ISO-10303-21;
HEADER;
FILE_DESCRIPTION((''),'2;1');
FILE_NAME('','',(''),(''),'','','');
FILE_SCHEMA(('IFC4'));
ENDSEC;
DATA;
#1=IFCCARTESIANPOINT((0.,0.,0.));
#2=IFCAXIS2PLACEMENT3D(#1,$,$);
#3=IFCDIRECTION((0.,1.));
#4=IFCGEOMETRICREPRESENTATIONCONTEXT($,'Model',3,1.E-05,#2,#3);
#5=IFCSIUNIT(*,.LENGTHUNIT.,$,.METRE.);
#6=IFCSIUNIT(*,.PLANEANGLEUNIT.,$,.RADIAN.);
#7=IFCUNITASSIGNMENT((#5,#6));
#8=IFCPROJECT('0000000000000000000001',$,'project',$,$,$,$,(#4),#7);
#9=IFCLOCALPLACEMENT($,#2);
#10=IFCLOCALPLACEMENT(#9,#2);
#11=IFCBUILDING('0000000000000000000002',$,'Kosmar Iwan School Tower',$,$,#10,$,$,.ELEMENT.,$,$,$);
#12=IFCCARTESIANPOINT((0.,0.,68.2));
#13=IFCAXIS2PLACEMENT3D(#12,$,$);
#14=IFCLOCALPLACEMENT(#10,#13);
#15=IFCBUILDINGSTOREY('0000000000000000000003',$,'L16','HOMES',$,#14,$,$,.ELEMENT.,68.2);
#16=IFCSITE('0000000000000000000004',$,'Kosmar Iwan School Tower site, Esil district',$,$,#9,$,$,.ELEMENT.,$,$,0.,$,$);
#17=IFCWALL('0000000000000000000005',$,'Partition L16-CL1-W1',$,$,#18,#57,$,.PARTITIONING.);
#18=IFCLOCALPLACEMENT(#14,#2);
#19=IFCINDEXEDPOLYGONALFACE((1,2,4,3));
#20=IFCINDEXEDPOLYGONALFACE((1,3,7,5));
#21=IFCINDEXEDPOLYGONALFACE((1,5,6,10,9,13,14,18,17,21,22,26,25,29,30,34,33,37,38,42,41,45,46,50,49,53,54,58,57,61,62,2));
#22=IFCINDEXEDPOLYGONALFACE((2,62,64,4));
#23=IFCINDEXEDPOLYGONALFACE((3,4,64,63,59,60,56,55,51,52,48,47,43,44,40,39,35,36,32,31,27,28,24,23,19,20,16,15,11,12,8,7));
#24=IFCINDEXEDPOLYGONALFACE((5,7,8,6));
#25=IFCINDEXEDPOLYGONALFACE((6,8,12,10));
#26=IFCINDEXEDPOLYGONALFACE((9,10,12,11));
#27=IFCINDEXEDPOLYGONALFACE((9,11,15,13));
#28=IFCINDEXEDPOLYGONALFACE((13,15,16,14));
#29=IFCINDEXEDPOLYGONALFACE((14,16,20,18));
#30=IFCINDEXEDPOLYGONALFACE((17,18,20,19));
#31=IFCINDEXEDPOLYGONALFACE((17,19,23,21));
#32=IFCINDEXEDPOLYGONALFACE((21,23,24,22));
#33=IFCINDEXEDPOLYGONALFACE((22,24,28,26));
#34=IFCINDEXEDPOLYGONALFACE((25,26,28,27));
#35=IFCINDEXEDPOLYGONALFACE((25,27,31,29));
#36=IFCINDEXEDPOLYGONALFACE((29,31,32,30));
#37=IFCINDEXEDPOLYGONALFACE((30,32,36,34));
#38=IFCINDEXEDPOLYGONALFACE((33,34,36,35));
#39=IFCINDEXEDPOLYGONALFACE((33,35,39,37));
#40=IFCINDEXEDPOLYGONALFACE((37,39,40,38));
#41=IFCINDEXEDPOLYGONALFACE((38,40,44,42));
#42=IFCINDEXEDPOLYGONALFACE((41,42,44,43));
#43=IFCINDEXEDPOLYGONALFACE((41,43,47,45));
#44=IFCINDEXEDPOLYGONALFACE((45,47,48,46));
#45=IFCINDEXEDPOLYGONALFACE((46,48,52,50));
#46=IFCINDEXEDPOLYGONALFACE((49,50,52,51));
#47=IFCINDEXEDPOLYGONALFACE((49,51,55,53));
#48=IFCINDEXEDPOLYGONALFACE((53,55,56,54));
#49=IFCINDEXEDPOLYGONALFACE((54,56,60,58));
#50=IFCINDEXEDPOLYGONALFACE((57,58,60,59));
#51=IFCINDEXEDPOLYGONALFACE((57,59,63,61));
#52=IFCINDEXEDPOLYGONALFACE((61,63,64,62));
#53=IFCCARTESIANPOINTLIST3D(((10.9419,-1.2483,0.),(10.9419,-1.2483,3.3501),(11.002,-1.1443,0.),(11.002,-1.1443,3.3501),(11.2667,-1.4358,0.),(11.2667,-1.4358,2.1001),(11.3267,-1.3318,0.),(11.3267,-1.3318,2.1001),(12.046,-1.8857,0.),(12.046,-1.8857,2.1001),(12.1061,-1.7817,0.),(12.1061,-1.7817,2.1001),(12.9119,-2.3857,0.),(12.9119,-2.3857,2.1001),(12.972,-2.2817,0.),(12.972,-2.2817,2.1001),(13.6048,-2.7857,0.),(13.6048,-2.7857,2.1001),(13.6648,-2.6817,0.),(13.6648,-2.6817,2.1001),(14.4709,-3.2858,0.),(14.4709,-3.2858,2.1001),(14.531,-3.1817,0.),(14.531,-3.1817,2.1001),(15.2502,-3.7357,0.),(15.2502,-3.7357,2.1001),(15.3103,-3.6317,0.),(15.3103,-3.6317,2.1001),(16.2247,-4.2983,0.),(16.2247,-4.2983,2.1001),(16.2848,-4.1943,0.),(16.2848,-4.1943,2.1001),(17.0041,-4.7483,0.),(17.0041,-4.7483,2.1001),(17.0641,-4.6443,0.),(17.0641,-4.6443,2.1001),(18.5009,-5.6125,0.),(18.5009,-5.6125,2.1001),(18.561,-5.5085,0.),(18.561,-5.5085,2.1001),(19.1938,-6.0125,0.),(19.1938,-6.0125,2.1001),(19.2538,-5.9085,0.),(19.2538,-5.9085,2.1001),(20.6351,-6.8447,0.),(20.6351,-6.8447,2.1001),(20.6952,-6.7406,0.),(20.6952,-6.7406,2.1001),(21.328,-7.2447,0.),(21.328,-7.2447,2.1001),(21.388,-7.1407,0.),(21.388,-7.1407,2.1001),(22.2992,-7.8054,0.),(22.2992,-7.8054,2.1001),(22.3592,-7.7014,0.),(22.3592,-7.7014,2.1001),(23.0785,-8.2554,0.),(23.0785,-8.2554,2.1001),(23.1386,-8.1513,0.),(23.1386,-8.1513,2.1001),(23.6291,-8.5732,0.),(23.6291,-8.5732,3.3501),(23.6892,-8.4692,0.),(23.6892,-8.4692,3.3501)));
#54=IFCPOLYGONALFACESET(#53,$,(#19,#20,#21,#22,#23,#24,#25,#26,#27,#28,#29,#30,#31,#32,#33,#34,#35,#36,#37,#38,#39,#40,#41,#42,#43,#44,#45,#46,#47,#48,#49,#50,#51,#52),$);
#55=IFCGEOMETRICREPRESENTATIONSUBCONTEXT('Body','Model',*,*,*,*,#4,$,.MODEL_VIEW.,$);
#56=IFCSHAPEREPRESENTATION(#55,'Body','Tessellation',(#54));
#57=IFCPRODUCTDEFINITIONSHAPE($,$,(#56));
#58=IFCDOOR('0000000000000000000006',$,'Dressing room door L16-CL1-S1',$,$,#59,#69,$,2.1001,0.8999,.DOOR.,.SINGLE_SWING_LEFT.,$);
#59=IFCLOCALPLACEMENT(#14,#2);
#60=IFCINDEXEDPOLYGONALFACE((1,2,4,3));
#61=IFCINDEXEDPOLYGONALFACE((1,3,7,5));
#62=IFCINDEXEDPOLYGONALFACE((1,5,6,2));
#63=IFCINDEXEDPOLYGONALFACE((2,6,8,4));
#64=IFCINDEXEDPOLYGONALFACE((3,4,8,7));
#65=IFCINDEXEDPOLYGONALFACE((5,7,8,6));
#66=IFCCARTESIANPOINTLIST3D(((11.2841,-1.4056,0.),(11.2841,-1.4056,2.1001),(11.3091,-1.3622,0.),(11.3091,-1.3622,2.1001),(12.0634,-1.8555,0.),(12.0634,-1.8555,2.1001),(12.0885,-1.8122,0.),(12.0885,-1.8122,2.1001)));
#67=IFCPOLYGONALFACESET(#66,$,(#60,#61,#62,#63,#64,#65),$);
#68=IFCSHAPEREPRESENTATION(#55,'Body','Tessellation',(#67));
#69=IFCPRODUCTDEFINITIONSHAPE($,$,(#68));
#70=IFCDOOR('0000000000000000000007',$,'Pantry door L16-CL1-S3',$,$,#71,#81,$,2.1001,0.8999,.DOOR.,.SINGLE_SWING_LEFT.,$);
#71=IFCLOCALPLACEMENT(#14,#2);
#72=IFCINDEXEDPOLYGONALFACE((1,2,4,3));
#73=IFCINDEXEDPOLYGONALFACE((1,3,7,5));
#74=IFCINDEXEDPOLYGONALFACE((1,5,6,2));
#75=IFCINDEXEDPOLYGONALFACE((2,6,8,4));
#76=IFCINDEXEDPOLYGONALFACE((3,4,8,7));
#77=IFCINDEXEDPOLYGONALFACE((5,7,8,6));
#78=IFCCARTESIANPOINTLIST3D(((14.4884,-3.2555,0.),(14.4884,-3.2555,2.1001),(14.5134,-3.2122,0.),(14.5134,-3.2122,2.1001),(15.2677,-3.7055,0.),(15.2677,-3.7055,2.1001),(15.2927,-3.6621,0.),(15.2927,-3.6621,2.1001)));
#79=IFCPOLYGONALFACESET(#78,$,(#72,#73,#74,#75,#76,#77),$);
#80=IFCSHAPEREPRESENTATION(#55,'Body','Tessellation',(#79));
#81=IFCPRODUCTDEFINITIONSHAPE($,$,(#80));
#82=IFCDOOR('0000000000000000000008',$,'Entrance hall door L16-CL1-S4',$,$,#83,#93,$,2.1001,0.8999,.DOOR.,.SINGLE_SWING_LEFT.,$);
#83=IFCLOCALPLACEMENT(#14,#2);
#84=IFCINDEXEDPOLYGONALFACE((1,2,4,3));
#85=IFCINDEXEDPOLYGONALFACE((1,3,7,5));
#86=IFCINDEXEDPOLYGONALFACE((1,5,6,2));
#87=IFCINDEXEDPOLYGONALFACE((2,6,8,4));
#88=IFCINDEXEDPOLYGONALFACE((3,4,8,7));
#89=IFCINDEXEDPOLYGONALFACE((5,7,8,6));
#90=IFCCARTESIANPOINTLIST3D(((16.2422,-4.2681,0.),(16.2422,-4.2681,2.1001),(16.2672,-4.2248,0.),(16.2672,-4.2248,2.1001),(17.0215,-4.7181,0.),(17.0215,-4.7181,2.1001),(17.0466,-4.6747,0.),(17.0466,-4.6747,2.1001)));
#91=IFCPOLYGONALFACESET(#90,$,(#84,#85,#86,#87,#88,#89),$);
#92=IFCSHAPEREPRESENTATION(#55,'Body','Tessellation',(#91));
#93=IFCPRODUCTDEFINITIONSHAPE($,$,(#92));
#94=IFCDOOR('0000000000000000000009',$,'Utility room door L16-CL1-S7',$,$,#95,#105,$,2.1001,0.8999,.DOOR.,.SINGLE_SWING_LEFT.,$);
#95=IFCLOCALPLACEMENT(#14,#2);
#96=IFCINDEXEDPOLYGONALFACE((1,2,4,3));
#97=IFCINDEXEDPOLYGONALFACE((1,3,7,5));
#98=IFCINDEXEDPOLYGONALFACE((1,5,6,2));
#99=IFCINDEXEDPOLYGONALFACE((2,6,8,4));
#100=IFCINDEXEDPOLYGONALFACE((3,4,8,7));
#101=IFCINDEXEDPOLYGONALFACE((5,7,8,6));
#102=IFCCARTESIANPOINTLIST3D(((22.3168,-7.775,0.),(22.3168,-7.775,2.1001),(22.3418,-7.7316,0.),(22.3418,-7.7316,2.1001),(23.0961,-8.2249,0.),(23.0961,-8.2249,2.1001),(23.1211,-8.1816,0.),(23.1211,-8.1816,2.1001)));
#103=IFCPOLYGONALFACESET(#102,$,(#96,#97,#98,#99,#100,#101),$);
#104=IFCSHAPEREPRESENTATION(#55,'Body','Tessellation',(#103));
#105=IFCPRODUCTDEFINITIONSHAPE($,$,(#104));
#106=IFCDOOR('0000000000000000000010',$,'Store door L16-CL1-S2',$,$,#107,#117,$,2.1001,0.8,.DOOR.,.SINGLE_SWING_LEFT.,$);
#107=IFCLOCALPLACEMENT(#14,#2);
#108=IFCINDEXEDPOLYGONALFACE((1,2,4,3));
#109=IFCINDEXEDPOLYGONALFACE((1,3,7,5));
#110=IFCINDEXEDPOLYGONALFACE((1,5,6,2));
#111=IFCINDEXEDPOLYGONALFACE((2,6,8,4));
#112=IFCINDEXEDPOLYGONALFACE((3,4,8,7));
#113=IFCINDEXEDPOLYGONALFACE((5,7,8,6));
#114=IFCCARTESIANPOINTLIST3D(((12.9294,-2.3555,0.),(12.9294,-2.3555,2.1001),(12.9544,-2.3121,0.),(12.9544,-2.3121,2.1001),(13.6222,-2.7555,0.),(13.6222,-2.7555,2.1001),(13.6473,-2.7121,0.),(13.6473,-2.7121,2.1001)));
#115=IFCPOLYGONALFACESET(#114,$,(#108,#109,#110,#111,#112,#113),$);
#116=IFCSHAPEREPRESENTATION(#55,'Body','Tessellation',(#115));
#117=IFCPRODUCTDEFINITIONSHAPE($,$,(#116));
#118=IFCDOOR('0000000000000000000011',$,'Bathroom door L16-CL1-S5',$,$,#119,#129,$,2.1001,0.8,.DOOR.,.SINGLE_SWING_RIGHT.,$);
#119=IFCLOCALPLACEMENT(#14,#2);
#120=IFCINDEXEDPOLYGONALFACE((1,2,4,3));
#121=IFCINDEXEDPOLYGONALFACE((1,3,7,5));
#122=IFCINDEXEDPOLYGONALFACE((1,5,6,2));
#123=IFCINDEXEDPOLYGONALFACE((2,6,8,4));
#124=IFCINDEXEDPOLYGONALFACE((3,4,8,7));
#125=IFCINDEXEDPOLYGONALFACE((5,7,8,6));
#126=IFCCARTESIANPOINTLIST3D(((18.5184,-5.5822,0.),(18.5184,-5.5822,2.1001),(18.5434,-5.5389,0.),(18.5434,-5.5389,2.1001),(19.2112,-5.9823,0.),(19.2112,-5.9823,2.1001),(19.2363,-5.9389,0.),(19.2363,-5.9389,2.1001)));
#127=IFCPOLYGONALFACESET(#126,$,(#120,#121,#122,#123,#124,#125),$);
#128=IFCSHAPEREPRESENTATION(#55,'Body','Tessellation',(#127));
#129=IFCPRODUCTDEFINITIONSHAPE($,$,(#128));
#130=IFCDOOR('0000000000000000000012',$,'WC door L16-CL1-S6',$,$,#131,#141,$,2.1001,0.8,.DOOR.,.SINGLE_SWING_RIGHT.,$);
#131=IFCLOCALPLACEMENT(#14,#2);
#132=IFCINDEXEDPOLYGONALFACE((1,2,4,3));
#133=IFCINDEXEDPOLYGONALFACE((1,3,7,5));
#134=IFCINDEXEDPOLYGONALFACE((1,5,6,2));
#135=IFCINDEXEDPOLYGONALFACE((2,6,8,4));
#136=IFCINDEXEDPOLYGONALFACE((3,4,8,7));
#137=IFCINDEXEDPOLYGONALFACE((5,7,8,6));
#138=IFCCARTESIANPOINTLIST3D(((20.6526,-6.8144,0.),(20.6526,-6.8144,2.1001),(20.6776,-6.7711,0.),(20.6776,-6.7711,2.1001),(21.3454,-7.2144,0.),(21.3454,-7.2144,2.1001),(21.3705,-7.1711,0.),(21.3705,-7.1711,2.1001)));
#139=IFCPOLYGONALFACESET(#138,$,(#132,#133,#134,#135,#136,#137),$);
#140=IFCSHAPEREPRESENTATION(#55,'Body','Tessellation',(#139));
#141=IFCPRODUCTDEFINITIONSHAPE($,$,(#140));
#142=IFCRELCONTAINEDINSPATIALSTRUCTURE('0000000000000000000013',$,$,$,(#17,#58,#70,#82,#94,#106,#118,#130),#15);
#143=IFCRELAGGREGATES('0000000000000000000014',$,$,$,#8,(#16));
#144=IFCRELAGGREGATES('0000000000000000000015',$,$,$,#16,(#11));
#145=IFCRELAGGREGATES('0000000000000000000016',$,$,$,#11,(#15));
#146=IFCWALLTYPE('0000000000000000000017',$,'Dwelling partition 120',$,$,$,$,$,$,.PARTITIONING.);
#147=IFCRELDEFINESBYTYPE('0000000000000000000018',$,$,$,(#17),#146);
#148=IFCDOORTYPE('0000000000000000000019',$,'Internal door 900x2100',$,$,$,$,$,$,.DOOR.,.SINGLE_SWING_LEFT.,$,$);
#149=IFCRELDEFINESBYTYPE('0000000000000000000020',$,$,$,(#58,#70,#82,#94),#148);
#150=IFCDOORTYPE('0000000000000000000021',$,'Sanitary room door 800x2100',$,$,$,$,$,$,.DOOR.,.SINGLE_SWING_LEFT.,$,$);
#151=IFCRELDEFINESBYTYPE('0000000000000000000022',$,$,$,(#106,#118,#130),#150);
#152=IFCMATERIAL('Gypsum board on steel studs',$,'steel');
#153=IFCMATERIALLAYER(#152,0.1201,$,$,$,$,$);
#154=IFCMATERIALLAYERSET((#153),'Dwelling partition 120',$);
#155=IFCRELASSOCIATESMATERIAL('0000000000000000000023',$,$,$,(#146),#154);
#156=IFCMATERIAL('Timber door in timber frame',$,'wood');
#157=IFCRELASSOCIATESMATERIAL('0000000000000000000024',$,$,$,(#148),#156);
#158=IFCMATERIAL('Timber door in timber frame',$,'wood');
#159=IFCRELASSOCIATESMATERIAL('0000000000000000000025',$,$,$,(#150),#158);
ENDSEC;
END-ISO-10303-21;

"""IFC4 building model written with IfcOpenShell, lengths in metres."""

from ifc_helpers import new_model, si_unit, direction, frame, frame_2d, origin, place, context, subcontext, project, spatial, rectangle, extrude, material, layer, layer_set, type_object, element, fill, save


model = new_model("IFC4")

# Units and contexts
model_context = context("Model", 3, precision=1e-05, world=origin(), true_north=direction((0.0, 1.0)))
body_context = subcontext(model_context, "Body", "Model", "MODEL_VIEW")
ifc_project = project(units=[si_unit("LENGTHUNIT", "METRE"), si_unit("PLANEANGLEUNIT", "RADIAN")], contexts=[model_context])

# Site, building, storey
site_placement = place(None, origin())
site = spatial("IfcSite", under=ifc_project, at=site_placement, Name="Kosmar Iwan School Tower site, Esil district", CompositionType="ELEMENT", RefElevation=0.0)
building_placement = place(site_placement, origin())
building = spatial("IfcBuilding", under=site, at=building_placement, Name="Kosmar Iwan School Tower", CompositionType="ELEMENT")
storey_placement = place(building_placement, frame((0.0, 0.0, 68.2)))
storey = spatial("IfcBuildingStorey", under=building, at=storey_placement, Name="L16", Description="HOMES", CompositionType="ELEMENT", Elevation=68.2)

# Wall, openings, doors
ifc_material_1 = material(Name="Gypsum board on steel studs", Category="steel")
ifc_layer = layer(ifc_material_1, 0.1201)
ifc_layer_set = layer_set([ifc_layer], Name="Dwelling partition 120")
wall_type = type_object("IfcWallType", Name="Dwelling partition 120", PredefinedType="PARTITIONING", material=ifc_layer_set)
wall_1_placement = place(storey_placement, frame((10.9719, -1.1963, 0.0), z_axis=(0.0, 0.0, 1.0), x_axis=(0.866027, -0.499998, 0.0)))
wall_1 = element("IfcWall", 1, at=wall_1_placement, inside=storey, type_object=wall_type, Name="Partition L16-CL1-W1", PredefinedType="PARTITIONING", context=body_context, shape_type="SweptSolid", body=[
    extrude(rectangle(XDim=14.6499, YDim=0.1201, at=frame_2d((7.325, 0.0))), origin(), (0.0, 0.0, 1.0), 3.3501),
])
opening_1_placement = place(wall_1_placement, frame((0.375, 0.0, 0.0)))
opening_1 = element("IfcOpeningElement", 2, at=opening_1_placement, cuts=wall_1, PredefinedType="OPENING", context=body_context, shape_type="SweptSolid", body=[
    extrude(rectangle(XDim=0.8999, YDim=2.1001, at=frame_2d((0.45, 1.05))), frame((0.0, 0.072, 0.0), z_axis=(0.0, -1.0, 0.0), x_axis=(1.0, 0.0, 0.0)), (0.0, 0.0, 1.0), 0.144),
])
opening_2_placement = place(wall_1_placement, frame((2.2749, 0.0, 0.0)))
opening_2 = element("IfcOpeningElement", 3, at=opening_2_placement, cuts=wall_1, PredefinedType="OPENING", context=body_context, shape_type="SweptSolid", body=[
    extrude(rectangle(XDim=0.8, YDim=2.1001, at=frame_2d((0.3999, 1.05))), frame((0.0, 0.072, 0.0), z_axis=(0.0, -1.0, 0.0), x_axis=(1.0, 0.0, 0.0)), (0.0, 0.0, 1.0), 0.144),
])
opening_3_placement = place(wall_1_placement, frame((4.075, 0.0, 0.0)))
opening_3 = element("IfcOpeningElement", 4, at=opening_3_placement, cuts=wall_1, PredefinedType="OPENING", context=body_context, shape_type="SweptSolid", body=[
    extrude(rectangle(XDim=0.8999, YDim=2.1001, at=frame_2d((0.45, 1.05))), frame((0.0, 0.072, 0.0), z_axis=(0.0, -1.0, 0.0), x_axis=(1.0, 0.0, 0.0)), (0.0, 0.0, 1.0), 0.144),
])
opening_4_placement = place(wall_1_placement, frame((6.1001, 0.0, 0.0)))
opening_4 = element("IfcOpeningElement", 5, at=opening_4_placement, cuts=wall_1, PredefinedType="OPENING", context=body_context, shape_type="SweptSolid", body=[
    extrude(rectangle(XDim=0.8999, YDim=2.1001, at=frame_2d((0.45, 1.05))), frame((0.0, 0.072, 0.0), z_axis=(0.0, -1.0, 0.0), x_axis=(1.0, 0.0, 0.0)), (0.0, 0.0, 1.0), 0.144),
])
opening_5_placement = place(wall_1_placement, frame((8.7285, 0.0, 0.0)))
opening_5 = element("IfcOpeningElement", 6, at=opening_5_placement, cuts=wall_1, PredefinedType="OPENING", context=body_context, shape_type="SweptSolid", body=[
    extrude(rectangle(XDim=0.8, YDim=2.1001, at=frame_2d((0.3999, 1.05))), frame((0.0, 0.072, 0.0), z_axis=(0.0, -1.0, 0.0), x_axis=(1.0, 0.0, 0.0)), (0.0, 0.0, 1.0), 0.144),
])
opening_6_placement = place(wall_1_placement, frame((11.1929, 0.0, 0.0)))
opening_6 = element("IfcOpeningElement", 7, at=opening_6_placement, cuts=wall_1, PredefinedType="OPENING", context=body_context, shape_type="SweptSolid", body=[
    extrude(rectangle(XDim=0.8, YDim=2.1001, at=frame_2d((0.3999, 1.05))), frame((0.0, 0.072, 0.0), z_axis=(0.0, -1.0, 0.0), x_axis=(1.0, 0.0, 0.0)), (0.0, 0.0, 1.0), 0.144),
])
opening_7_placement = place(wall_1_placement, frame((13.1143, 0.0, 0.0)))
opening_7 = element("IfcOpeningElement", 8, at=opening_7_placement, cuts=wall_1, PredefinedType="OPENING", context=body_context, shape_type="SweptSolid", body=[
    extrude(rectangle(XDim=0.8999, YDim=2.1001, at=frame_2d((0.45, 1.05))), frame((0.0, 0.072, 0.0), z_axis=(0.0, -1.0, 0.0), x_axis=(1.0, 0.0, 0.0)), (0.0, 0.0, 1.0), 0.144),
])
ifc_material_2 = material(Name="Timber door in timber frame", Category="wood")
door_type_1 = type_object("IfcDoorType", Name="Internal door 900x2100", OperationType="SINGLE_SWING_LEFT", PredefinedType="DOOR", material=ifc_material_2)
door_1_placement = place(opening_1_placement, origin())
door_1 = element("IfcDoor", 9, at=door_1_placement, inside=storey, type_object=door_type_1, Name="Dressing room door L16-CL1-S1", OperationType="SINGLE_SWING_LEFT", OverallHeight=2.1001, OverallWidth=0.8999, PredefinedType="DOOR", context=body_context, shape_type="SweptSolid", body=[
    extrude(rectangle(XDim=0.8999, YDim=2.1001, at=frame_2d((0.45, 1.05))), frame((0.0, 0.0249, 0.0), z_axis=(0.0, -1.0, 0.0), x_axis=(1.0, 0.0, 0.0)), (0.0, 0.0, 1.0), 0.05),
])
fill(opening_1, door_1)
door_2_placement = place(opening_3_placement, origin())
door_2 = element("IfcDoor", 10, at=door_2_placement, inside=storey, type_object=door_type_1, Name="Pantry door L16-CL1-S3", OperationType="SINGLE_SWING_LEFT", OverallHeight=2.1001, OverallWidth=0.8999, PredefinedType="DOOR", context=body_context, shape_type="SweptSolid", body=[
    extrude(rectangle(XDim=0.8999, YDim=2.1001, at=frame_2d((0.45, 1.05))), frame((0.0, 0.0249, 0.0), z_axis=(0.0, -1.0, 0.0), x_axis=(1.0, 0.0, 0.0)), (0.0, 0.0, 1.0), 0.05),
])
fill(opening_3, door_2)
door_3_placement = place(opening_4_placement, origin())
door_3 = element("IfcDoor", 11, at=door_3_placement, inside=storey, type_object=door_type_1, Name="Entrance hall door L16-CL1-S4", OperationType="SINGLE_SWING_LEFT", OverallHeight=2.1001, OverallWidth=0.8999, PredefinedType="DOOR", context=body_context, shape_type="SweptSolid", body=[
    extrude(rectangle(XDim=0.8999, YDim=2.1001, at=frame_2d((0.45, 1.05))), frame((0.0, 0.0249, 0.0), z_axis=(0.0, -1.0, 0.0), x_axis=(1.0, 0.0, 0.0)), (0.0, 0.0, 1.0), 0.05),
])
fill(opening_4, door_3)
door_4_placement = place(opening_7_placement, frame((0.8999, 0.0, 0.0), z_axis=(0.0, 0.0, 1.0), x_axis=(-1.0, 0.0, 0.0)))
door_4 = element("IfcDoor", 12, at=door_4_placement, inside=storey, type_object=door_type_1, Name="Utility room door L16-CL1-S7", OperationType="SINGLE_SWING_LEFT", OverallHeight=2.1001, OverallWidth=0.8999, PredefinedType="DOOR", context=body_context, shape_type="SweptSolid", body=[
    extrude(rectangle(XDim=0.8999, YDim=2.1001, at=frame_2d((0.45, 1.05))), frame((0.0, 0.0249, 0.0), z_axis=(0.0, -1.0, 0.0), x_axis=(1.0, 0.0, 0.0)), (0.0, 0.0, 1.0), 0.05),
])
fill(opening_7, door_4)
ifc_material_3 = material(Name="Timber door in timber frame", Category="wood")
door_type_2 = type_object("IfcDoorType", Name="Sanitary room door 800x2100", OperationType="SINGLE_SWING_LEFT", PredefinedType="DOOR", material=ifc_material_3)
door_5_placement = place(opening_2_placement, origin())
door_5 = element("IfcDoor", 13, at=door_5_placement, inside=storey, type_object=door_type_2, Name="Store door L16-CL1-S2", OperationType="SINGLE_SWING_LEFT", OverallHeight=2.1001, OverallWidth=0.8, PredefinedType="DOOR", context=body_context, shape_type="SweptSolid", body=[
    extrude(rectangle(XDim=0.8, YDim=2.1001, at=frame_2d((0.3999, 1.05))), frame((0.0, 0.0249, 0.0), z_axis=(0.0, -1.0, 0.0), x_axis=(1.0, 0.0, 0.0)), (0.0, 0.0, 1.0), 0.05),
])
fill(opening_2, door_5)
door_6_placement = place(opening_5_placement, origin())
door_6 = element("IfcDoor", 14, at=door_6_placement, inside=storey, type_object=door_type_2, Name="Bathroom door L16-CL1-S5", OperationType="SINGLE_SWING_RIGHT", OverallHeight=2.1001, OverallWidth=0.8, PredefinedType="DOOR", context=body_context, shape_type="SweptSolid", body=[
    extrude(rectangle(XDim=0.8, YDim=2.1001, at=frame_2d((0.3999, 1.05))), frame((0.0, 0.0249, 0.0), z_axis=(0.0, -1.0, 0.0), x_axis=(1.0, 0.0, 0.0)), (0.0, 0.0, 1.0), 0.05),
])
fill(opening_5, door_6)
door_7_placement = place(opening_6_placement, origin())
door_7 = element("IfcDoor", 15, at=door_7_placement, inside=storey, type_object=door_type_2, Name="WC door L16-CL1-S6", OperationType="SINGLE_SWING_RIGHT", OverallHeight=2.1001, OverallWidth=0.8, PredefinedType="DOOR", context=body_context, shape_type="SweptSolid", body=[
    extrude(rectangle(XDim=0.8, YDim=2.1001, at=frame_2d((0.3999, 1.05))), frame((0.0, 0.0249, 0.0), z_axis=(0.0, -1.0, 0.0), x_axis=(1.0, 0.0, 0.0)), (0.0, 0.0, 1.0), 0.05),
])
fill(opening_6, door_7)

save(model, "model.ifc")
